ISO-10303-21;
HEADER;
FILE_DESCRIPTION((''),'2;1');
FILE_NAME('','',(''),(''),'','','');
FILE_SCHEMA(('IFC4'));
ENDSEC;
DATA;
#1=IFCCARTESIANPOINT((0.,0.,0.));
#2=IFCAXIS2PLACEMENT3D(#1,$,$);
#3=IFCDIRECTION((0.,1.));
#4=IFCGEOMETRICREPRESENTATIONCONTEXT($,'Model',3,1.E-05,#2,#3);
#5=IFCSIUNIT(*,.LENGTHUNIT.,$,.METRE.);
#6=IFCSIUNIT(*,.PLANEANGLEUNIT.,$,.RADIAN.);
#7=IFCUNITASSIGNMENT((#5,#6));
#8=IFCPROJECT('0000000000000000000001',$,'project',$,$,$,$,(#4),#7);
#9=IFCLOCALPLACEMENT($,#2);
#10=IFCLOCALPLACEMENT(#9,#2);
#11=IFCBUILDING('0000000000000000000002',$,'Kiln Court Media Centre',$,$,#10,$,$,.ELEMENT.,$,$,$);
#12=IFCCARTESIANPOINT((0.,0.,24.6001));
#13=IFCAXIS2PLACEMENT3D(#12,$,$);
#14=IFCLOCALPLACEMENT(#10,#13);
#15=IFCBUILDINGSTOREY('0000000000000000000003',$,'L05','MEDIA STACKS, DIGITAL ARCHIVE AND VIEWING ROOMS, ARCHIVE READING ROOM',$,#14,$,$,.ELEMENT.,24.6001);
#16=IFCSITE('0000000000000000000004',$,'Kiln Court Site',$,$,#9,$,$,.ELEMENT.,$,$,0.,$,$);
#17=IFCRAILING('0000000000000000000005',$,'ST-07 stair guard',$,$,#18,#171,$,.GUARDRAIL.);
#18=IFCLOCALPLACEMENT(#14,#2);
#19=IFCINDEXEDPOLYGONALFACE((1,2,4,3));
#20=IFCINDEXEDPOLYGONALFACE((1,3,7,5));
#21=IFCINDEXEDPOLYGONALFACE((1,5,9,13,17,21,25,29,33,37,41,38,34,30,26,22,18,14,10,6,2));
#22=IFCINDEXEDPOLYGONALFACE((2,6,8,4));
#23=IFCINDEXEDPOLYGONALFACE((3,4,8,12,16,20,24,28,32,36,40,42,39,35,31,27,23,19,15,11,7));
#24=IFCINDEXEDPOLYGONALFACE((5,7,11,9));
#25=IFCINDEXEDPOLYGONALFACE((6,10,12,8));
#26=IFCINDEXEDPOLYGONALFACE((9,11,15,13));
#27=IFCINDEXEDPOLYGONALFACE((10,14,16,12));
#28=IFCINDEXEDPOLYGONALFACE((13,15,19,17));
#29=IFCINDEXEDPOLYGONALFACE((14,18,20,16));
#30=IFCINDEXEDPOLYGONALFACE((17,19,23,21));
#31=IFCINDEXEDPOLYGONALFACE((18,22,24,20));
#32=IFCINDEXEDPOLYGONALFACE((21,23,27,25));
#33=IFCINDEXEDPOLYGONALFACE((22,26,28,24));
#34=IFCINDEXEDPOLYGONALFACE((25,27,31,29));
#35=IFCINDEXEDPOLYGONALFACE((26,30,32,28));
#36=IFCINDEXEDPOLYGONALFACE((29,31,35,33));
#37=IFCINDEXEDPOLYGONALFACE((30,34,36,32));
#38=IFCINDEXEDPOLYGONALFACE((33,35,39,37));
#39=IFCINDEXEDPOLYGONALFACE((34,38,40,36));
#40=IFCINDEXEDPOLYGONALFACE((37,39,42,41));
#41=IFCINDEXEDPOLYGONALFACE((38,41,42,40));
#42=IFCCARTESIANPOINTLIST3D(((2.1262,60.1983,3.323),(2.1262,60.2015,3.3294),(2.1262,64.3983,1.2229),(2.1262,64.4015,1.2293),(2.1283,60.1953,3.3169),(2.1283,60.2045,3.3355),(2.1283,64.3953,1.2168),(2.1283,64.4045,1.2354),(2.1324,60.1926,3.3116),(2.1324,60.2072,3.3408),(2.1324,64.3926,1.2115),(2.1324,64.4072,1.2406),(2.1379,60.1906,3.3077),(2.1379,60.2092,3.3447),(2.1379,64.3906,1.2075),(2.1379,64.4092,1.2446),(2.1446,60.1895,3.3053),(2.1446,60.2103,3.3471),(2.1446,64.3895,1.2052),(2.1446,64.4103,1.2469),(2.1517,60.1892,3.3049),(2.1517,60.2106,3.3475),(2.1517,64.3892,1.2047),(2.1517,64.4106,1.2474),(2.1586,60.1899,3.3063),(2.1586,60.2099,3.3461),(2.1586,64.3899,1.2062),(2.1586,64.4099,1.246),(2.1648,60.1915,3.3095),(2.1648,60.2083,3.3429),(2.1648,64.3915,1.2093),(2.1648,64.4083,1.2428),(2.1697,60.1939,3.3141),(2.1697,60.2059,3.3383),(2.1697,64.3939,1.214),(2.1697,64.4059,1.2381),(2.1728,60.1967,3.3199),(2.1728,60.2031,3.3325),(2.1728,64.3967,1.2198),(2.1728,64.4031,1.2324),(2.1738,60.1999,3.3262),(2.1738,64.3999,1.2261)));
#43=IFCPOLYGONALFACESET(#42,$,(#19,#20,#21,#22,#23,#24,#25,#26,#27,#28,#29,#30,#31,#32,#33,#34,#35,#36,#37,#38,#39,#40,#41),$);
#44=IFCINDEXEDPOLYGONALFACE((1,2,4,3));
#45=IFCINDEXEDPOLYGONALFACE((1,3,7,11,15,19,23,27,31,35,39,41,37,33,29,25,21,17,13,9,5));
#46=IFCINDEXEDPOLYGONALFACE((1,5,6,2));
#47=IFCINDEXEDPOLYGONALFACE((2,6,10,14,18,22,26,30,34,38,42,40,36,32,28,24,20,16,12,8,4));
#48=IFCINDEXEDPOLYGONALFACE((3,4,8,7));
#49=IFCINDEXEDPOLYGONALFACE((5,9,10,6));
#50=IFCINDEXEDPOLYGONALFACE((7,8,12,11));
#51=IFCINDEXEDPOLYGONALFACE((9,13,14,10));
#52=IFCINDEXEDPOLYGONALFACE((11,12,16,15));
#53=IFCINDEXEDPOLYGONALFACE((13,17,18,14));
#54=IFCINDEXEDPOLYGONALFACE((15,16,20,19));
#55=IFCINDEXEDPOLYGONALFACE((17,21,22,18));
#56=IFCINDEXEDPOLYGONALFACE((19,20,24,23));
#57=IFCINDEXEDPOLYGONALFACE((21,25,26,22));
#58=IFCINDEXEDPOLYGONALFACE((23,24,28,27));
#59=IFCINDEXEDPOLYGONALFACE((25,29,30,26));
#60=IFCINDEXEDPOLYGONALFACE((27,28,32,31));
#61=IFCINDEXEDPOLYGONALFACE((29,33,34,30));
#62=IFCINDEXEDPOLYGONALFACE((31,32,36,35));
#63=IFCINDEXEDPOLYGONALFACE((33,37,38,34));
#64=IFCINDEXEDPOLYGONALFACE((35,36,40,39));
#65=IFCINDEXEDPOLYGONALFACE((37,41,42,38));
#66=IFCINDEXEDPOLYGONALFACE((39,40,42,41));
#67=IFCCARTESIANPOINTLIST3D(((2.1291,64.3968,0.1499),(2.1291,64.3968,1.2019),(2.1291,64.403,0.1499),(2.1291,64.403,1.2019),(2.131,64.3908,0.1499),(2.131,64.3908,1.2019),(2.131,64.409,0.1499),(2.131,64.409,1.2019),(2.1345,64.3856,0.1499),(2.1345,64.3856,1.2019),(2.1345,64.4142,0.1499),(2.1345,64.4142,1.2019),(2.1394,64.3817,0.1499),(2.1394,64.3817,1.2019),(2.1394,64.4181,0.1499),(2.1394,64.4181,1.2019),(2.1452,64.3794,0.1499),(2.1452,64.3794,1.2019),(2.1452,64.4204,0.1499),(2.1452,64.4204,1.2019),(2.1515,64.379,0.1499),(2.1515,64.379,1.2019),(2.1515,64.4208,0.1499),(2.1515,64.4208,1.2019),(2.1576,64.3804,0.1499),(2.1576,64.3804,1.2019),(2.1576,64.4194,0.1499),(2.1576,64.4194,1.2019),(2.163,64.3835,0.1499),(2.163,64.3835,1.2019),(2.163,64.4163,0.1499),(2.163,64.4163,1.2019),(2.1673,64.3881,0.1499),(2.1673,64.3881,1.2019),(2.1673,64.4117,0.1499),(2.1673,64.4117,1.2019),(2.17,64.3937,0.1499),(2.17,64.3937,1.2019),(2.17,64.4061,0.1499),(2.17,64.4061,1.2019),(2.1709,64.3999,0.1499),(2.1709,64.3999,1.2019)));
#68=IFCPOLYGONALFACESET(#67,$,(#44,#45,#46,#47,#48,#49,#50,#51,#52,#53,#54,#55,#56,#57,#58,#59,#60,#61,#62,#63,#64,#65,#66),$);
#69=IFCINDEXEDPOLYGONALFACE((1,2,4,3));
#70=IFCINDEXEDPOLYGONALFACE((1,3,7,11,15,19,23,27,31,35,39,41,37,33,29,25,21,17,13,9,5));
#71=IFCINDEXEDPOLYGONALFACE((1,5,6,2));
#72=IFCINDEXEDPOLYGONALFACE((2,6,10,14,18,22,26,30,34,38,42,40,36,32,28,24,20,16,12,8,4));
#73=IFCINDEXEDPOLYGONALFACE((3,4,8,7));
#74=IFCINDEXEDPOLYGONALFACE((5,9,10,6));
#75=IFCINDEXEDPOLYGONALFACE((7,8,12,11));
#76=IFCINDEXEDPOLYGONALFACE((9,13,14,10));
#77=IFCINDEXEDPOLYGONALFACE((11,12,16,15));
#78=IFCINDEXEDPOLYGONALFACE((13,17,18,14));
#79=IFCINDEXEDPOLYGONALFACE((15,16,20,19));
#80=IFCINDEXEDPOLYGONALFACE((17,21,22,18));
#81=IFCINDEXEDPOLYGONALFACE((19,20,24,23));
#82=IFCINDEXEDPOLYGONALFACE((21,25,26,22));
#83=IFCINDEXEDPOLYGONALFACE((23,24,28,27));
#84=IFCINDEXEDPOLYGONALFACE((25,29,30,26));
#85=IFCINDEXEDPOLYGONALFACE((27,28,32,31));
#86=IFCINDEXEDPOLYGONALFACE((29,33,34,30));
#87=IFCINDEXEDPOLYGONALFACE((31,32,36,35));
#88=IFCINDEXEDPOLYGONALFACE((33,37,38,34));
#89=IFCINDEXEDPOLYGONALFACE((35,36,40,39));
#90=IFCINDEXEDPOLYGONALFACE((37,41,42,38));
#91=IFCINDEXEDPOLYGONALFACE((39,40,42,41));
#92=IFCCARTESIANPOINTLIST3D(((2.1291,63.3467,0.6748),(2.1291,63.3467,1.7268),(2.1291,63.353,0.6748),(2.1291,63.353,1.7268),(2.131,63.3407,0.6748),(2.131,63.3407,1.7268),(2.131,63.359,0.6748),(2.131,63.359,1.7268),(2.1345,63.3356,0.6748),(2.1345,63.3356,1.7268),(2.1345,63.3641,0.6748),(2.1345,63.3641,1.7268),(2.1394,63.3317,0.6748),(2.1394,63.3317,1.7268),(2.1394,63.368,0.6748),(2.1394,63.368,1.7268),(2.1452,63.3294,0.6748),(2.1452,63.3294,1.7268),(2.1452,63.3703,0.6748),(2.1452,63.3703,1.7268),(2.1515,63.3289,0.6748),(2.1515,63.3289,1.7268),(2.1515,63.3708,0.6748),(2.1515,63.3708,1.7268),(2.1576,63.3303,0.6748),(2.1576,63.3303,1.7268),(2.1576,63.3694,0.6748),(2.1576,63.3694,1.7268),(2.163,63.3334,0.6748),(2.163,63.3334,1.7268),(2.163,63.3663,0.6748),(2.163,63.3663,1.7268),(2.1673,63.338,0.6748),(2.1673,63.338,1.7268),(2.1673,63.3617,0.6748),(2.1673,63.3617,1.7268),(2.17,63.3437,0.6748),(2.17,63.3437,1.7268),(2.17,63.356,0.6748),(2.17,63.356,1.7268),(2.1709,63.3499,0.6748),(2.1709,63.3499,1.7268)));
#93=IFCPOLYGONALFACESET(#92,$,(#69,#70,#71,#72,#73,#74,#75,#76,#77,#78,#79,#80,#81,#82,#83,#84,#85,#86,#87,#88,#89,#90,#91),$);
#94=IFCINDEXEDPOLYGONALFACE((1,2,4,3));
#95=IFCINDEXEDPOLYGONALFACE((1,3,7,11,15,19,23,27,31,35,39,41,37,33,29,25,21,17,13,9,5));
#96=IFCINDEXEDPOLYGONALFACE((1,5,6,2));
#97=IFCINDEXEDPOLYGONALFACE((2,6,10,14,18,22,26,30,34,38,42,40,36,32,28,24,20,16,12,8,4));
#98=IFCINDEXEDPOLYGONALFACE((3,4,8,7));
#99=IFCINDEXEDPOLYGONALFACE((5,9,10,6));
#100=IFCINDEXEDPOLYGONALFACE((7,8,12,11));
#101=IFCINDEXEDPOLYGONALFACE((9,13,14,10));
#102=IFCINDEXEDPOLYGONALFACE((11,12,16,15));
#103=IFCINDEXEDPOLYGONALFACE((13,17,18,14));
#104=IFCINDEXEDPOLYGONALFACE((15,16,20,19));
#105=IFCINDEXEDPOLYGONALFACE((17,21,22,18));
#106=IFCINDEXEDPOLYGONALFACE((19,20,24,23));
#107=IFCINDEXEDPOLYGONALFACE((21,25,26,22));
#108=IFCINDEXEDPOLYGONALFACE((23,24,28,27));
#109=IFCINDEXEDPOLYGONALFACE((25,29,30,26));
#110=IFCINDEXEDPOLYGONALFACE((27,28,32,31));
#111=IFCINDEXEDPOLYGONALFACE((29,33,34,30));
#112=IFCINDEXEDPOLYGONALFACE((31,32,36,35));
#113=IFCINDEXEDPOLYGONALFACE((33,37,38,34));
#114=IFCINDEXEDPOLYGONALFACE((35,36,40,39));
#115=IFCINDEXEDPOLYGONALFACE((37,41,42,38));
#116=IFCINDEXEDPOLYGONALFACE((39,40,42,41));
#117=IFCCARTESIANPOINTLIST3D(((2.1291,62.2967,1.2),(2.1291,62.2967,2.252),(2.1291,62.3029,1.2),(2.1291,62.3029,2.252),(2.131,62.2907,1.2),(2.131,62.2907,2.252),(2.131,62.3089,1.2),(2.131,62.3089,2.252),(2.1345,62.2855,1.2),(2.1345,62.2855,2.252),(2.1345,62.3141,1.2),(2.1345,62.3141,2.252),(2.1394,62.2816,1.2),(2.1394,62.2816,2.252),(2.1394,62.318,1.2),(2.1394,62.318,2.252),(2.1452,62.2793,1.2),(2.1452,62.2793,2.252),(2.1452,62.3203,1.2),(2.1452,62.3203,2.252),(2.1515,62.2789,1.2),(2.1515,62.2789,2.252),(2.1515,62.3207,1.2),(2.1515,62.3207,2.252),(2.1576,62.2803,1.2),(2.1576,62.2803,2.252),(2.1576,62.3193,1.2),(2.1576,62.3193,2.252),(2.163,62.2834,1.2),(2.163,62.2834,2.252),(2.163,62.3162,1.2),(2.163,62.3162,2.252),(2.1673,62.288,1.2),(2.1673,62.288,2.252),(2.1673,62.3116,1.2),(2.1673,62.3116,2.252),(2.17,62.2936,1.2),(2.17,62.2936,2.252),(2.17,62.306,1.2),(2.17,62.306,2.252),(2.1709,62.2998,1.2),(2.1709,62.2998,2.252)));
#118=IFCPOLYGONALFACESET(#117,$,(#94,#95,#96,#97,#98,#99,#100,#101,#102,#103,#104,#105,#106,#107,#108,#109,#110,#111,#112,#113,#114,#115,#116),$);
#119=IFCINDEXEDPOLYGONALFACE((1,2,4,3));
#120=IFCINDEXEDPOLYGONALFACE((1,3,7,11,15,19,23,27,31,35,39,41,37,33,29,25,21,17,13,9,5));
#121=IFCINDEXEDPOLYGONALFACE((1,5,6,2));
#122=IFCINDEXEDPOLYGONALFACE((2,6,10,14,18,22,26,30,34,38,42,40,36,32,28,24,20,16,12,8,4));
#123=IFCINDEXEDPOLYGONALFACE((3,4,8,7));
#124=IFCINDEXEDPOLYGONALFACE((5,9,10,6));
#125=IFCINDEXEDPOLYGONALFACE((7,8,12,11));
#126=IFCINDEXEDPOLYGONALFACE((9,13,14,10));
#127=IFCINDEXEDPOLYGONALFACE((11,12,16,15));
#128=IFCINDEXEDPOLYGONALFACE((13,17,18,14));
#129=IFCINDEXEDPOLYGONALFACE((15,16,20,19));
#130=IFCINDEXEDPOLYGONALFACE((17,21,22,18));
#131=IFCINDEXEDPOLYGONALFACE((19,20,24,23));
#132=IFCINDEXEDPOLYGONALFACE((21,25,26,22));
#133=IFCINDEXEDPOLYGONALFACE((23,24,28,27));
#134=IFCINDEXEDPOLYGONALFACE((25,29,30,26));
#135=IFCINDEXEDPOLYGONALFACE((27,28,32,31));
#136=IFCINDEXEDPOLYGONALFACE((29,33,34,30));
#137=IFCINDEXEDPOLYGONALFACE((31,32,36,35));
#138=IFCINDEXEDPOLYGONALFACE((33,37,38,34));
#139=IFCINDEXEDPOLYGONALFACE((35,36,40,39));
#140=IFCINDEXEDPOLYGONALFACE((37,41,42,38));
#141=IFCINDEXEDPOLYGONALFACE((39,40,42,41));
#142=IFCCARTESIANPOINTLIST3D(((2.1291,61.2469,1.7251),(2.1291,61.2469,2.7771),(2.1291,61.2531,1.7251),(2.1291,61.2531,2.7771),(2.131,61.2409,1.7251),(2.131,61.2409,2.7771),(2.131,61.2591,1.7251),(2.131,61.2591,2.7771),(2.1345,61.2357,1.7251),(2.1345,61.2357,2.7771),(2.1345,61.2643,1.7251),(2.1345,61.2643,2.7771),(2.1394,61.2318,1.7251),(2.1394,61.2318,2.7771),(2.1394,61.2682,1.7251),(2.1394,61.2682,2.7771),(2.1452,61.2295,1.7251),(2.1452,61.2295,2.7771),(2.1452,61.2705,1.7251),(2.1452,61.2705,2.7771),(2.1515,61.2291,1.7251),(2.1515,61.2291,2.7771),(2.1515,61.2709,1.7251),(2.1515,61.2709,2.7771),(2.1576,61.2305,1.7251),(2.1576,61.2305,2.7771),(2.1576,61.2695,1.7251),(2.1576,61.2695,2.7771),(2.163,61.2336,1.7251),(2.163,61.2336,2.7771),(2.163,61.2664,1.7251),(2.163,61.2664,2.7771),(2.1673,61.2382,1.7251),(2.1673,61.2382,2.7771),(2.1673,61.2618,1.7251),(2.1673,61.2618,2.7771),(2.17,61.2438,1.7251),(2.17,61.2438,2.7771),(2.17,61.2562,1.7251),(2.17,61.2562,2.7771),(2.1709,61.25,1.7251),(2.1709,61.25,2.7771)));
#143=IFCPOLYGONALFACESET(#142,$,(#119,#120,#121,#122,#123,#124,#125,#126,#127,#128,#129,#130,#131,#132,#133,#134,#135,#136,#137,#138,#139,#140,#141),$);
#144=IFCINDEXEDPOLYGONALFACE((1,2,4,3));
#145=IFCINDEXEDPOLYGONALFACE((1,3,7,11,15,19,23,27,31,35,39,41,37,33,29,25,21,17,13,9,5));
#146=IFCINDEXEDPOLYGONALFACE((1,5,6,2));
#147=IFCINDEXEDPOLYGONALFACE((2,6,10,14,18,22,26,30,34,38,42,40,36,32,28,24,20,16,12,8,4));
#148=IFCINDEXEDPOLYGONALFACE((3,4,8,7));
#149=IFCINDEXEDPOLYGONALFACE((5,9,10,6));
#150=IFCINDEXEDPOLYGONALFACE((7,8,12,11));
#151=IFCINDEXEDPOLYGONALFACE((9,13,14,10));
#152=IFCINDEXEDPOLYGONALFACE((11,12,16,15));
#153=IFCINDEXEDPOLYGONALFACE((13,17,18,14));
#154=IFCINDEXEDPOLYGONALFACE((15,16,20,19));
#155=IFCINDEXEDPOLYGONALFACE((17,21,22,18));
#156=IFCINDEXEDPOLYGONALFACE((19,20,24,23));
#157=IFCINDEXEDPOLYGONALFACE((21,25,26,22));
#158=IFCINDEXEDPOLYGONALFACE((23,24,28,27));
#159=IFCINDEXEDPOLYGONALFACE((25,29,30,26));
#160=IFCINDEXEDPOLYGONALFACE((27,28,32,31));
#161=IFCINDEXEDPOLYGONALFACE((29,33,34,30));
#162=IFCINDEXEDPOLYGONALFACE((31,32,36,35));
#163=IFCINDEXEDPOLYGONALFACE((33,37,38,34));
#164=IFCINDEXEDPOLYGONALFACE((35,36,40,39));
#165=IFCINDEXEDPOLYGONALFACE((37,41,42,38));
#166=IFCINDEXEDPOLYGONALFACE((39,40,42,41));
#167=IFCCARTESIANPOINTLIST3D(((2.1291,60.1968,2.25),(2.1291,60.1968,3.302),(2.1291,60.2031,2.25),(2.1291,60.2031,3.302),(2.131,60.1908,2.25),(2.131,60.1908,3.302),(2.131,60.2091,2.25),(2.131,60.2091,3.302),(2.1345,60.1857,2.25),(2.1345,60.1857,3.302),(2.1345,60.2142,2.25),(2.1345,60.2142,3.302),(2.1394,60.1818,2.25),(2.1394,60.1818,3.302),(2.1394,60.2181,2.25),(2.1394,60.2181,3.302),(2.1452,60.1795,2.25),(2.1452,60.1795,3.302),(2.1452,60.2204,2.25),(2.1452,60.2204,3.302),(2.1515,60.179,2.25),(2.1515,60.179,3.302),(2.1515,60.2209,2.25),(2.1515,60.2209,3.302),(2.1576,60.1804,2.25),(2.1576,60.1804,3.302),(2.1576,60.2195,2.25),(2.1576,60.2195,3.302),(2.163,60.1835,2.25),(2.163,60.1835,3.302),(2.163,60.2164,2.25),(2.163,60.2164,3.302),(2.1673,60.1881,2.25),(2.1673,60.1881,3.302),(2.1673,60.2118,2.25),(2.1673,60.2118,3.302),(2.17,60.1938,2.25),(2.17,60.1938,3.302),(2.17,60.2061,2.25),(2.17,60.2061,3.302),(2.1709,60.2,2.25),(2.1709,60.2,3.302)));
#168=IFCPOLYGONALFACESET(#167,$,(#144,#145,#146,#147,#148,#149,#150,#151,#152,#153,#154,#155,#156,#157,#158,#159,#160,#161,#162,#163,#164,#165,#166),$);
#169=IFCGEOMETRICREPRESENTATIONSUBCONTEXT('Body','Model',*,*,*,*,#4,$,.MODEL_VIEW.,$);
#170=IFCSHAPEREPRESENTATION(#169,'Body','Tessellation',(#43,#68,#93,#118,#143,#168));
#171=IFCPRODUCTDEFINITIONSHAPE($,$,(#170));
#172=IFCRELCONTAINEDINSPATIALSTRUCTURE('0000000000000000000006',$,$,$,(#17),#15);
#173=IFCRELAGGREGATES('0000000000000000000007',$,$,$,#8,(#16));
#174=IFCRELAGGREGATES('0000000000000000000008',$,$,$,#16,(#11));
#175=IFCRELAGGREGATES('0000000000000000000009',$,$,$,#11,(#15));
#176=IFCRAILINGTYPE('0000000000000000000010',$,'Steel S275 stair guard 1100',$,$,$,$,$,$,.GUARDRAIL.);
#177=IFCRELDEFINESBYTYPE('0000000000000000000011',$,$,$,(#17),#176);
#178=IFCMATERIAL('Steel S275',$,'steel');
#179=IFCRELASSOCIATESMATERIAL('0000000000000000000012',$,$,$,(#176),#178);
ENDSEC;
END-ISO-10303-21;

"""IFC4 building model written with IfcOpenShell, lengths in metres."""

from ifc_helpers import new_model, si_unit, direction, frame, origin, origin_2d, place, context, subcontext, project, spatial, circle, extrude, material, type_object, element, save


model = new_model("IFC4")

# Units and contexts
model_context = context("Model", 3, precision=1e-05, world=origin(), true_north=direction((0.0, 1.0)))
body_context = subcontext(model_context, "Body", "Model", "MODEL_VIEW")
ifc_project = project(units=[si_unit("LENGTHUNIT", "METRE"), si_unit("PLANEANGLEUNIT", "RADIAN")], contexts=[model_context])

# Site, building, storey
site_placement = place(None, origin())
site = spatial("IfcSite", under=ifc_project, at=site_placement, Name="Kiln Court Site", CompositionType="ELEMENT", RefElevation=0.0)
building_placement = place(site_placement, origin())
building = spatial("IfcBuilding", under=site, at=building_placement, Name="Kiln Court Media Centre", CompositionType="ELEMENT")
storey_placement = place(building_placement, frame((0.0, 0.0, 24.6001)))
storey = spatial("IfcBuildingStorey", under=building, at=storey_placement, Name="L05", Description="MEDIA STACKS, DIGITAL ARCHIVE AND VIEWING ROOMS, ARCHIVE READING ROOM", CompositionType="ELEMENT", Elevation=24.6001)

# Railing
ifc_material_1 = material(Name="Steel S275", Category="steel")
railing_type_1 = type_object("IfcRailingType", Name="Steel S275 stair guard 1100", PredefinedType="GUARDRAIL", material=ifc_material_1)
railing_1_placement = place(storey_placement, frame((2.1499, 64.3999, 0.1499)))
element("IfcRailing", 1, at=railing_1_placement, inside=storey, type_object=railing_type_1, Name="ST-07 stair guard", PredefinedType="GUARDRAIL", context=body_context, shape_type="SweptSolid", body=[
    extrude(circle(Radius=0.0239, at=origin_2d()), frame((0.0, 0.0, 1.0762), z_axis=(0.0, -0.894417, 0.447234), x_axis=(1.0, 0.0, 0.0)), (0.0, 0.0, 1.0), 4.6958),
    extrude(circle(Radius=0.021, at=origin_2d()), origin(), (0.0, 0.0, 1.0), 1.052),
    extrude(circle(Radius=0.021, at=origin_2d()), frame((0.0, -1.05, 0.5249)), (0.0, 0.0, 1.0), 1.052),
    extrude(circle(Radius=0.021, at=origin_2d()), frame((0.0, -2.1001, 1.05)), (0.0, 0.0, 1.0), 1.052),
    extrude(circle(Radius=0.021, at=origin_2d()), frame((0.0, -3.1499, 1.5752)), (0.0, 0.0, 1.0), 1.052),
    extrude(circle(Radius=0.021, at=origin_2d()), frame((0.0, -4.2, 2.1001)), (0.0, 0.0, 1.0), 1.052),
])

save(model, "model.ifc")
